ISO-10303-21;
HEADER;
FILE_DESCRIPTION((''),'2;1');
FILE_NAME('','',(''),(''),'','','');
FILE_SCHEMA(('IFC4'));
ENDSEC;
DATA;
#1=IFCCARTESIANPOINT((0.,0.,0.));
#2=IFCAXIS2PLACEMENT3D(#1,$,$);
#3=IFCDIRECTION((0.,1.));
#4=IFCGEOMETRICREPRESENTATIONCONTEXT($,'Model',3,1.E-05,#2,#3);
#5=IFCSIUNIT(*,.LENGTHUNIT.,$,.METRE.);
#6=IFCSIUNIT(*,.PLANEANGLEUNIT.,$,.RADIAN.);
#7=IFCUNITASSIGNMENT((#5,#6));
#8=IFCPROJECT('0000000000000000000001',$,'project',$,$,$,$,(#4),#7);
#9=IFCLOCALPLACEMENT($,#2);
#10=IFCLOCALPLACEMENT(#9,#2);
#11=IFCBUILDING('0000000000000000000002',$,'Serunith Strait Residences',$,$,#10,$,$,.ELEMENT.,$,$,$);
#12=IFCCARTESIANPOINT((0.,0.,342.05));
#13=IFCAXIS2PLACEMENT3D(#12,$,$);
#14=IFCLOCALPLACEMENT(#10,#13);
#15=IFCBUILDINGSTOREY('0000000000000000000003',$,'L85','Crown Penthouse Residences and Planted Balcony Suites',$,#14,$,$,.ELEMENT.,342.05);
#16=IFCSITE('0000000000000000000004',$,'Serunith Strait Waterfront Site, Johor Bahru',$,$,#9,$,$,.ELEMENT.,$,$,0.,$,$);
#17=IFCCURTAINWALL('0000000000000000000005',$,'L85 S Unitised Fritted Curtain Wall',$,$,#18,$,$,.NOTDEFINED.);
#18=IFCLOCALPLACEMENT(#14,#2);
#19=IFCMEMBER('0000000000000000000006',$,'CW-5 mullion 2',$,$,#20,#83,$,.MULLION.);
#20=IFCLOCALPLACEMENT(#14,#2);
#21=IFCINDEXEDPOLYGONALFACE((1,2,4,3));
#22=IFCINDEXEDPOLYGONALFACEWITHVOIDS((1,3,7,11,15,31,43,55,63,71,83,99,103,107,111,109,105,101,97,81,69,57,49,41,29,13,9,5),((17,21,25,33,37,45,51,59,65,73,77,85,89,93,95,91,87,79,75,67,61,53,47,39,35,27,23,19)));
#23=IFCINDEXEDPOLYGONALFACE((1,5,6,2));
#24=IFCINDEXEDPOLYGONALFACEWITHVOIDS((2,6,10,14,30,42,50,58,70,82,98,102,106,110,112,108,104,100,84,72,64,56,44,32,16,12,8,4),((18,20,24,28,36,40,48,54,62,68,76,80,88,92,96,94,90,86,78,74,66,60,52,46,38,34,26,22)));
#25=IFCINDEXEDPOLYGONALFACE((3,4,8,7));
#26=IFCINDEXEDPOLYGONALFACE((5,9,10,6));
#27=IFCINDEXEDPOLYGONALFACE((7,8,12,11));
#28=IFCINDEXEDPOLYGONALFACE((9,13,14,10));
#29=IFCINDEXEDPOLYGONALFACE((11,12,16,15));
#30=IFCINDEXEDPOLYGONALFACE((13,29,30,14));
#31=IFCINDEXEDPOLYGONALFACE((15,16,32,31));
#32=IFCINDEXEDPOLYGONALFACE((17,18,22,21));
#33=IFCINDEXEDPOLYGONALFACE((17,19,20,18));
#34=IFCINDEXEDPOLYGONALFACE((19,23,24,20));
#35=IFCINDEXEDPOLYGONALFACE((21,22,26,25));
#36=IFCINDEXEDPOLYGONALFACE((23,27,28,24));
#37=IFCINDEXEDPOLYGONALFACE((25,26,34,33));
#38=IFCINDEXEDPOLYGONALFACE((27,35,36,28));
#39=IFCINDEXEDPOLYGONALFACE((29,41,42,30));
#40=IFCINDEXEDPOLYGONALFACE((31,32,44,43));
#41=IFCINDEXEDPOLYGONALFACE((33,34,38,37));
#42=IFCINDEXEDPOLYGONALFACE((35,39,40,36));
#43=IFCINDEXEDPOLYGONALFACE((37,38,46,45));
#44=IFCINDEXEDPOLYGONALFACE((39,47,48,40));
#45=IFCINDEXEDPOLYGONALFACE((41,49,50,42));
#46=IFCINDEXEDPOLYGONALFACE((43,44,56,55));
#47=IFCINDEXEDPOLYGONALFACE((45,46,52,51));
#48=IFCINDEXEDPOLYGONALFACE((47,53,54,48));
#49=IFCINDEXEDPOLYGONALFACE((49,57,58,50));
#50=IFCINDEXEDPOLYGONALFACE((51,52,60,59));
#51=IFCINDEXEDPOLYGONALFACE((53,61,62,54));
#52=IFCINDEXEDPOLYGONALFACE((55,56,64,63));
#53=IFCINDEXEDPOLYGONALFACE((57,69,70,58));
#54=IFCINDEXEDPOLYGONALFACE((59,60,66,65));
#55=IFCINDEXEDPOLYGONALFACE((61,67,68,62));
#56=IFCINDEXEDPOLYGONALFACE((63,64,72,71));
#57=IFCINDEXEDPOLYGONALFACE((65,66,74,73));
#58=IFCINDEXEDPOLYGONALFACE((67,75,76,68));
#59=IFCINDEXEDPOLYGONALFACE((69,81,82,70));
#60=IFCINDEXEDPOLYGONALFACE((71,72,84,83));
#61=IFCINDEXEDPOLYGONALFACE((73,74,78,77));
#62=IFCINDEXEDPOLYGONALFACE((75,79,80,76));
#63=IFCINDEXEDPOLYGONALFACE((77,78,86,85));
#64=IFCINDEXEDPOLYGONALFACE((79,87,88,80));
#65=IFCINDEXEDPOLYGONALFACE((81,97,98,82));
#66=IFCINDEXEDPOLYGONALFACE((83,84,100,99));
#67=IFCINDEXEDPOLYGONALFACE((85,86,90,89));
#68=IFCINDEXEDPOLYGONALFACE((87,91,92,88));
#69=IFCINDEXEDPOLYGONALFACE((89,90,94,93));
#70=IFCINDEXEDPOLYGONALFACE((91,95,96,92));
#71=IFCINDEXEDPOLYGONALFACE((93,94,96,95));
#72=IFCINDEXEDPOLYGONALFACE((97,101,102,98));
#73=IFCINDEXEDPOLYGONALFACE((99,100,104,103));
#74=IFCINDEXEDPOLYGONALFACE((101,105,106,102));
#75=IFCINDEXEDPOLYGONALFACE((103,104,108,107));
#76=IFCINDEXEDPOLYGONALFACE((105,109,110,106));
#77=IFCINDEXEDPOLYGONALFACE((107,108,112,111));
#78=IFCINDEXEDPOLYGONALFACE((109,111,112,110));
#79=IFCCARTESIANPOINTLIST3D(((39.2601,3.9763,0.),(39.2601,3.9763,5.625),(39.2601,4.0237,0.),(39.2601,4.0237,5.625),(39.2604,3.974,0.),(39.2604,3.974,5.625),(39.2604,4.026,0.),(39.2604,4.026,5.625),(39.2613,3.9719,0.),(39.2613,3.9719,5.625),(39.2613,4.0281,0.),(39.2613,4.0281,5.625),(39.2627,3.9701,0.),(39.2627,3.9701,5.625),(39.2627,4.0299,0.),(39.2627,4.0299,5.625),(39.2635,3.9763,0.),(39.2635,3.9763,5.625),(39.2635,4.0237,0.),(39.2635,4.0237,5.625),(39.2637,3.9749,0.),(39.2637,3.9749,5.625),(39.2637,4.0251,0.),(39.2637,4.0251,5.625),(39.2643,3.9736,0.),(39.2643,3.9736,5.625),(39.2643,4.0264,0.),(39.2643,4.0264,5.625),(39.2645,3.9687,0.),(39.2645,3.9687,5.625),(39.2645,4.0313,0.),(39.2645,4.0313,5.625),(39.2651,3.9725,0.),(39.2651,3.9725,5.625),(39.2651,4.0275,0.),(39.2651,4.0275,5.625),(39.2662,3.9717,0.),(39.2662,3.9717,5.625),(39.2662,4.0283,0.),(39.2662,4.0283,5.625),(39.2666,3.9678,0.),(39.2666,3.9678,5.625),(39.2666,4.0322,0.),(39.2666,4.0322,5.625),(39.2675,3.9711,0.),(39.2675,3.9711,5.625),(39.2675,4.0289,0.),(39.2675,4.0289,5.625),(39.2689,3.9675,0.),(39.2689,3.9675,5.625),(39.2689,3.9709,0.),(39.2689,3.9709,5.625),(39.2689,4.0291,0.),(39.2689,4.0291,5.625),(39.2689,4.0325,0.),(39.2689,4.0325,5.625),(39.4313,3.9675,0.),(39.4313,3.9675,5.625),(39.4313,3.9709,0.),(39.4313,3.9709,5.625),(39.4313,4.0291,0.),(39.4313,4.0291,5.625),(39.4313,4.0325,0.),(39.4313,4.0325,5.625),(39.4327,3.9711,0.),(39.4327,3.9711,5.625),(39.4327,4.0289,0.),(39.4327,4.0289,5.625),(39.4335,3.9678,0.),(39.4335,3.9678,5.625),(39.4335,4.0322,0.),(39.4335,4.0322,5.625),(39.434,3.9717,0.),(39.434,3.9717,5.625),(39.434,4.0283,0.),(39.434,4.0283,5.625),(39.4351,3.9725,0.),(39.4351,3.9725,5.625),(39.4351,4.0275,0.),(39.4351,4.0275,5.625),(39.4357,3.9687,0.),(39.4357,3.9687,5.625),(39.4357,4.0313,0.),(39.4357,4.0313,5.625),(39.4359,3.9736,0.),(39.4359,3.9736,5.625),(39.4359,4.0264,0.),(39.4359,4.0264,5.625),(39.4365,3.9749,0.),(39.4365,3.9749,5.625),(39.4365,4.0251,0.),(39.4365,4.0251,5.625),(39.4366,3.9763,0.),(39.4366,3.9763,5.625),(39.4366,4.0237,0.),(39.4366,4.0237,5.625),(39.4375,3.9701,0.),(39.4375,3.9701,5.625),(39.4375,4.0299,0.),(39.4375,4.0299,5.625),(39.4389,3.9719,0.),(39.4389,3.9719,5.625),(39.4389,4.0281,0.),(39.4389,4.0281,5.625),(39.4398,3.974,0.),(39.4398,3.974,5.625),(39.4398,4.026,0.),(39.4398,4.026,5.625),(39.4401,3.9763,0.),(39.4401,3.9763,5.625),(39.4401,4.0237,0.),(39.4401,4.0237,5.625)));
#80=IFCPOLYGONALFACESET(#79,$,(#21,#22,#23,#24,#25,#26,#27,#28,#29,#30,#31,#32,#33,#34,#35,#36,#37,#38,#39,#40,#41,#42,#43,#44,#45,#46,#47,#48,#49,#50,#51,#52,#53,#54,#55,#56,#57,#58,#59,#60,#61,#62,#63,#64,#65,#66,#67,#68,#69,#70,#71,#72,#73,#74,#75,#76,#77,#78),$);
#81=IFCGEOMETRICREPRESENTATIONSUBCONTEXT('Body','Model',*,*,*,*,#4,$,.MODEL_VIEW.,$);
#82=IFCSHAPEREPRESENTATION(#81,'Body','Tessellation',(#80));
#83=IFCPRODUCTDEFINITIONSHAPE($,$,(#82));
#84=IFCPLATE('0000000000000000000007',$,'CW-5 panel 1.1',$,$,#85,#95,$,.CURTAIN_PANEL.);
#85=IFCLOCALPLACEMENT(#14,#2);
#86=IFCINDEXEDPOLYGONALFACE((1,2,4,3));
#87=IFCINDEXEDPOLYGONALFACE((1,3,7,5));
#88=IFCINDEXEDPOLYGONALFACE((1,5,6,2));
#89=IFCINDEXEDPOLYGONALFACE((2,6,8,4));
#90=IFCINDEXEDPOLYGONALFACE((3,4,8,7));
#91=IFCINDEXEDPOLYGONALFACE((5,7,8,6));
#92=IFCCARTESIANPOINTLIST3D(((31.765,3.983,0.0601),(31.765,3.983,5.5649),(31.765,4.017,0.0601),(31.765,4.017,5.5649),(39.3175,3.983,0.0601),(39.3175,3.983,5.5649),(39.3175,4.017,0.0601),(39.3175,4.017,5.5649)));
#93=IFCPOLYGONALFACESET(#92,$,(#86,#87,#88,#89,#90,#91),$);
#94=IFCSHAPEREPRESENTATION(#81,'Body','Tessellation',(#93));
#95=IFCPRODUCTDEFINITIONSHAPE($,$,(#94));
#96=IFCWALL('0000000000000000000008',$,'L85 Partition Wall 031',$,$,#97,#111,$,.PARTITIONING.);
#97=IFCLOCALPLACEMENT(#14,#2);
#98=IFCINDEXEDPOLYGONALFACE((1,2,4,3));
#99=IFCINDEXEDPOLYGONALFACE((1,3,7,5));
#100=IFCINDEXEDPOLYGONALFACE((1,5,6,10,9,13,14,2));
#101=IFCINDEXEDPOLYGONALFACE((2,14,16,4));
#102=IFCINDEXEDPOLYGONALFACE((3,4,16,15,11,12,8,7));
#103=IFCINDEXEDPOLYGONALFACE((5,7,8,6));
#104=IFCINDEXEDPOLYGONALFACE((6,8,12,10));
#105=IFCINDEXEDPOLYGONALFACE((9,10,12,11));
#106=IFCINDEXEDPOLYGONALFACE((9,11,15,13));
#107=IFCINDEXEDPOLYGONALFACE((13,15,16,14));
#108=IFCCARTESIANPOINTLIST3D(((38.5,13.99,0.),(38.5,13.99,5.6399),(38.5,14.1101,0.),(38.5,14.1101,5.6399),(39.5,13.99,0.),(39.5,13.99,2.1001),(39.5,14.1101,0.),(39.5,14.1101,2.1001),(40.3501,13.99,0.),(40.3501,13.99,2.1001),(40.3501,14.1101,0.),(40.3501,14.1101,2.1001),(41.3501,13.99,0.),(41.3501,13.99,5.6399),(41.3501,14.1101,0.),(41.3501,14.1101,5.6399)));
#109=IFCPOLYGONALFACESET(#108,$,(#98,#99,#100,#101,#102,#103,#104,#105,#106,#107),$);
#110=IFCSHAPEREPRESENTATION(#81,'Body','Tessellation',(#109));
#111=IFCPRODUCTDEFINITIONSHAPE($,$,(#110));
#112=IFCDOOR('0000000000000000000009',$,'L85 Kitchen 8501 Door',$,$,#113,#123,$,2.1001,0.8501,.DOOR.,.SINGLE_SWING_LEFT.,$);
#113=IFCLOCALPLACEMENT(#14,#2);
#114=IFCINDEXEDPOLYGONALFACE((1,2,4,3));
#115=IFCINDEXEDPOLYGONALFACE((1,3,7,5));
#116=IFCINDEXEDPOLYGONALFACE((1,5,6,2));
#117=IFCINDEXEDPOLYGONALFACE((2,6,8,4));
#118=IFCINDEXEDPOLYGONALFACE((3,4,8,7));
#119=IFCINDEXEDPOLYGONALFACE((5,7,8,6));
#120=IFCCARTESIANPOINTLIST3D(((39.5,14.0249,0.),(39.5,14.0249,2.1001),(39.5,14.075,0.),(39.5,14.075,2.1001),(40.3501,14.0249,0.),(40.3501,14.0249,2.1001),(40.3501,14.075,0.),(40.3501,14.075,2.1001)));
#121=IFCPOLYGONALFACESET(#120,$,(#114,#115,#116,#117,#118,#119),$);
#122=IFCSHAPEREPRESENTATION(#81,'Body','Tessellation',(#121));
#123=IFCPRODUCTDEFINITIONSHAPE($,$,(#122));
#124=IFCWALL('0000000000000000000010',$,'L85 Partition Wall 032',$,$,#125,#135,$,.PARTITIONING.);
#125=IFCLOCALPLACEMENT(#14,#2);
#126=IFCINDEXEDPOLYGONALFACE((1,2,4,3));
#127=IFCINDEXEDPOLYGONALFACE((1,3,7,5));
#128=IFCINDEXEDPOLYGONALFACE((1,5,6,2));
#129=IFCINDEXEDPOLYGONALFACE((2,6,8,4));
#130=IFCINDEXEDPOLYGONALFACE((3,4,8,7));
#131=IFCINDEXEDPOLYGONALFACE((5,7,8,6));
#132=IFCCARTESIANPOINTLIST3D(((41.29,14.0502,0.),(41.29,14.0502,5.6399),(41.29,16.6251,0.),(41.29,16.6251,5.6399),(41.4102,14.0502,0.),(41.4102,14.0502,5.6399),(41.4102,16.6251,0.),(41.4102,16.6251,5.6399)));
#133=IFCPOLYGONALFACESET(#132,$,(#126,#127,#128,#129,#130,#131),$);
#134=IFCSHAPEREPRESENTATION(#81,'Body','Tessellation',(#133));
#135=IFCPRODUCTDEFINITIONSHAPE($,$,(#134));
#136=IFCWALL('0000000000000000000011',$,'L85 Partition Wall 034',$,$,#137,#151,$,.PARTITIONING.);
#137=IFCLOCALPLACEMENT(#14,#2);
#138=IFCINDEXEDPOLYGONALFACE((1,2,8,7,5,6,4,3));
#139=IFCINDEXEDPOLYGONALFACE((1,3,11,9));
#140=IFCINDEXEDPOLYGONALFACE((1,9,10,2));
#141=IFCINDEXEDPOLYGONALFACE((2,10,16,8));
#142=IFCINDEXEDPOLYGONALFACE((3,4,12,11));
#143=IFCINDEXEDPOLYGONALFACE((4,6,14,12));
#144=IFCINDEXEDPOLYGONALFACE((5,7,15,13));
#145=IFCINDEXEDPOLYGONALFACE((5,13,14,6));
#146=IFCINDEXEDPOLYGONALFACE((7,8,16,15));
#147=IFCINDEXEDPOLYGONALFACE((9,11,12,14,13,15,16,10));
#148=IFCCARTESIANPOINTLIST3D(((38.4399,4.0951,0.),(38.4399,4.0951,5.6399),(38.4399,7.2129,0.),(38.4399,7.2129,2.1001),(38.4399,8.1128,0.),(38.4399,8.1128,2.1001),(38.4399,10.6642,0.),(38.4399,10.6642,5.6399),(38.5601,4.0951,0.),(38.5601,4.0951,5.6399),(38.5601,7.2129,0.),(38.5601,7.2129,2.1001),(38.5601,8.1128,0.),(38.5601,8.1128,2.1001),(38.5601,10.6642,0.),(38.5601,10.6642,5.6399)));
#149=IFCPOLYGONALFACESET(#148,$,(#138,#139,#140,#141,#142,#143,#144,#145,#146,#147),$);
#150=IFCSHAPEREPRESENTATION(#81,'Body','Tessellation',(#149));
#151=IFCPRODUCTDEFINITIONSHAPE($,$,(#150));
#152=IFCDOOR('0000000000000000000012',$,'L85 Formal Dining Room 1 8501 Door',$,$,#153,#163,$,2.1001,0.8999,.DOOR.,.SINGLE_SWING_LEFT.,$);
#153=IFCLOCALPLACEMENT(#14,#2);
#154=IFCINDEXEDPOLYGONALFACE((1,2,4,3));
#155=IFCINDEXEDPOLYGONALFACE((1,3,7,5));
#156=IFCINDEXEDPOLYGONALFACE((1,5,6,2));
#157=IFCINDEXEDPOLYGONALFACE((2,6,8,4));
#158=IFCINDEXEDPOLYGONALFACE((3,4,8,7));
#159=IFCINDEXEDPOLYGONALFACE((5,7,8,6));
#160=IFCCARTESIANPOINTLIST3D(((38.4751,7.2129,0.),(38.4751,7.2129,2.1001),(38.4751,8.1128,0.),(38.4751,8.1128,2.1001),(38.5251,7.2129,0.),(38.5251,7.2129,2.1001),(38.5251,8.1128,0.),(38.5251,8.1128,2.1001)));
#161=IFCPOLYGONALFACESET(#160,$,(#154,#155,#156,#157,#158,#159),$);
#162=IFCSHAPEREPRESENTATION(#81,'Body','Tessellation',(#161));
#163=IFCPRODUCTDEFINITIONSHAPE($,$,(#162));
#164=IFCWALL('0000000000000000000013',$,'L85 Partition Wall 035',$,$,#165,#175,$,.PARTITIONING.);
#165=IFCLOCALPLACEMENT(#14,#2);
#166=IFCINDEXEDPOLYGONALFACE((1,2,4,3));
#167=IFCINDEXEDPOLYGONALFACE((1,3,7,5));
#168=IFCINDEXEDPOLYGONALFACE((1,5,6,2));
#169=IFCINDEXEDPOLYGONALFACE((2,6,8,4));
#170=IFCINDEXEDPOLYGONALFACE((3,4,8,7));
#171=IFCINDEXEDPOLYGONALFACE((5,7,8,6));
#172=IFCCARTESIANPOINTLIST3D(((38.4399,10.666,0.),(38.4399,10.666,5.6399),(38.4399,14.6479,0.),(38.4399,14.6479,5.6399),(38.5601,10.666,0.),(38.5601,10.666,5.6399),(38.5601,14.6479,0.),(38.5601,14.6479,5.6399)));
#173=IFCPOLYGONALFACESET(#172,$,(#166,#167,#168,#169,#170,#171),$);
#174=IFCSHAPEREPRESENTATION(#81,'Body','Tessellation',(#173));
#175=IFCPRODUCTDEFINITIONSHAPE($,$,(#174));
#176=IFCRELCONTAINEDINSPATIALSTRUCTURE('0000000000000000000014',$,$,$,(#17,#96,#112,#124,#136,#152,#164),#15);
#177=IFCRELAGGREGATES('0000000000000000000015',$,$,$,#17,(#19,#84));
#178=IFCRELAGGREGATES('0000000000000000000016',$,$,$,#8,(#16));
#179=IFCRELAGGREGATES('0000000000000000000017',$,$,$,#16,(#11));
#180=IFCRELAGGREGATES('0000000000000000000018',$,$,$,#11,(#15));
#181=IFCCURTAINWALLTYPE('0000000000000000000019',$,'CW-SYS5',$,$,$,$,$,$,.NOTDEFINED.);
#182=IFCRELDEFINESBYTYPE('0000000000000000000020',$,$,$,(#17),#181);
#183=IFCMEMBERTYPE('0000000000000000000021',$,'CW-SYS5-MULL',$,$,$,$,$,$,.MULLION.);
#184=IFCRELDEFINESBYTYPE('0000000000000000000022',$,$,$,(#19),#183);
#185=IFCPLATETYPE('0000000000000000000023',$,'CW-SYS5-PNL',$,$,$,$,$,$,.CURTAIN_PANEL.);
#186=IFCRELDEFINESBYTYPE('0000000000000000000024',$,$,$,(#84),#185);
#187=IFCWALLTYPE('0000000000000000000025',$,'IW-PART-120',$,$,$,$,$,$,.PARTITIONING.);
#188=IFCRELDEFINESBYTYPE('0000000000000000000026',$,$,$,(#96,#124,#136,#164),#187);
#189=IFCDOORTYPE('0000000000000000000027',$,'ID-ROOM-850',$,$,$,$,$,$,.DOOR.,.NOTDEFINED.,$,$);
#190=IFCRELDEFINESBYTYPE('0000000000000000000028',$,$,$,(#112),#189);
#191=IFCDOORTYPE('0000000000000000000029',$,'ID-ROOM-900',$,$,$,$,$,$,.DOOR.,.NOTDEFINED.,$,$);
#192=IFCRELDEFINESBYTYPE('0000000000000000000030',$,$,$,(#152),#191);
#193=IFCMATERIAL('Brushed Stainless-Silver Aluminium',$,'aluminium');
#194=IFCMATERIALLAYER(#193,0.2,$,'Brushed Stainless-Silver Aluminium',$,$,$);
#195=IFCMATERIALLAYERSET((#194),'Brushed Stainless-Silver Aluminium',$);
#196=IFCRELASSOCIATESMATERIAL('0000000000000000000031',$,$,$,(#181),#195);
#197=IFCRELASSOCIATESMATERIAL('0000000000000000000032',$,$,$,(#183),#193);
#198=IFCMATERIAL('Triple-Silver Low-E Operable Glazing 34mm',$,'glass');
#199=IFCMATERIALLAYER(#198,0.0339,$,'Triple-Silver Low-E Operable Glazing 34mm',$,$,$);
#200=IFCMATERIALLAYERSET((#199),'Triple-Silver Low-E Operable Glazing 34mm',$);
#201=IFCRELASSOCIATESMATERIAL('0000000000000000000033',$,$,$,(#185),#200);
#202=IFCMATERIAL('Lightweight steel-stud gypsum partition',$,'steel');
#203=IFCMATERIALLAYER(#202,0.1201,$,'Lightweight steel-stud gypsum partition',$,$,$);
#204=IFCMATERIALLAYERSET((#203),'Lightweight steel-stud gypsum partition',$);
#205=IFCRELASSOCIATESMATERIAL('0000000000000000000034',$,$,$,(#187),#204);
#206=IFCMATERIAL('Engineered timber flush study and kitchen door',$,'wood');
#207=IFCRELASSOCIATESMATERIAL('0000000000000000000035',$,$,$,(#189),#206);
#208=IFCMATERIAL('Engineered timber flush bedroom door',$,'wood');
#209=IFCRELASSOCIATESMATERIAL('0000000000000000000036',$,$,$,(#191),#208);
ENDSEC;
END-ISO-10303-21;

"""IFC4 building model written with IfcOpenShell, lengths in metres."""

from ifc_helpers import new_model, si_unit, direction, frame, frame_2d, origin, origin_2d, place, context, subcontext, project, spatial, rectangle, hollow_rectangle, extrude, source, transform, mapped, material, layer, layer_set, material_profile, profile_set, type_object, element, fill, aggregate, save


model = new_model("IFC4")

# Units and contexts
model_context = context("Model", 3, precision=1e-05, world=origin(), true_north=direction((0.0, 1.0)))
body_context = subcontext(model_context, "Body", "Model", "MODEL_VIEW")
ifc_project = project(units=[si_unit("LENGTHUNIT", "METRE"), si_unit("PLANEANGLEUNIT", "RADIAN")], contexts=[model_context])

# Site, building, storey
site_placement = place(None, origin())
site = spatial("IfcSite", under=ifc_project, at=site_placement, Name="Serunith Strait Waterfront Site, Johor Bahru", CompositionType="ELEMENT", RefElevation=0.0)
building_placement = place(site_placement, origin())
building = spatial("IfcBuilding", under=site, at=building_placement, Name="Serunith Strait Residences", CompositionType="ELEMENT")
storey_placement = place(building_placement, frame((0.0, 0.0, 342.05)))
storey = spatial("IfcBuildingStorey", under=building, at=storey_placement, Name="L85", Description="Crown Penthouse Residences and Planted Balcony Suites", CompositionType="ELEMENT", Elevation=342.05)

# Curtain wall, member, plate
ifc_material_1 = material(Name="Brushed Stainless-Silver Aluminium", Category="aluminium")
ifc_layer_1 = layer(ifc_material_1, 0.2, Name="Brushed Stainless-Silver Aluminium")
ifc_layer_set_1 = layer_set([ifc_layer_1], Name="Brushed Stainless-Silver Aluminium")
curtain_wall_type = type_object("IfcCurtainWallType", Name="CW-SYS5", PredefinedType="NOTDEFINED", material=ifc_layer_set_1)
curtain_wall_placement = place(storey_placement, origin())
curtain_wall = element("IfcCurtainWall", 1, at=curtain_wall_placement, inside=storey, type_object=curtain_wall_type, Name="L85 S Unitised Fritted Curtain Wall", PredefinedType="NOTDEFINED")
ifc_material_profile_1 = material_profile(ifc_material_1, hollow_rectangle(XDim=0.0649, YDim=0.1799, WallThickness=0.0034, InnerFilletRadius=0.0054, OuterFilletRadius=0.0088, at=origin_2d()), Name="ALU 180x65x3.5")
ifc_profile_set_1 = profile_set([ifc_material_profile_1], Name="Brushed Stainless-Silver Aluminium")
member_type_1 = type_object("IfcMemberType", Name="CW-SYS5-MULL", PredefinedType="MULLION", material=ifc_profile_set_1)
shared_shape_1 = source(origin(), body_context, "Body", "SweptSolid", [
    extrude(hollow_rectangle(XDim=0.0649, YDim=0.1799, WallThickness=0.0034, InnerFilletRadius=0.0054, OuterFilletRadius=0.0088, at=origin_2d()), origin(), (0.0, 0.0, 1.0), 5.625),
])
member_1_placement = place(storey_placement, frame((39.3501, 4.0, 0.0), z_axis=(0.0, 0.0, 1.0), x_axis=(0.0, 1.0, 0.0)))
member_1 = element("IfcMember", 2, at=member_1_placement, type_object=member_type_1, Name="CW-5 mullion 2", PredefinedType="MULLION", context=body_context, shape_type="MappedRepresentation", body=[
    mapped(shared_shape_1, transform((0.0, 0.0, 0.0), scale=1.0)),
])
ifc_material_2 = material(Name="Triple-Silver Low-E Operable Glazing 34mm", Category="glass")
ifc_layer_2 = layer(ifc_material_2, 0.0339, Name="Triple-Silver Low-E Operable Glazing 34mm")
ifc_layer_set_2 = layer_set([ifc_layer_2], Name="Triple-Silver Low-E Operable Glazing 34mm")
plate_type = type_object("IfcPlateType", Name="CW-SYS5-PNL", PredefinedType="CURTAIN_PANEL", material=ifc_layer_set_2)
shared_shape_2 = source(origin(), body_context, "Body", "SweptSolid", [
    extrude(rectangle(XDim=7.5525, YDim=0.0339, at=origin_2d()), origin(), (0.0, 0.0, 1.0), 5.5049),
])
plate_placement = place(storey_placement, frame((35.5413, 4.0, 0.0601), z_axis=(0.0, 0.0, 1.0), x_axis=(1.0, 0.0, 0.0)))
plate = element("IfcPlate", 3, at=plate_placement, type_object=plate_type, Name="CW-5 panel 1.1", PredefinedType="CURTAIN_PANEL", context=body_context, shape_type="MappedRepresentation", body=[
    mapped(shared_shape_2, transform((0.0, 0.0, 0.0), scale=1.0)),
])
aggregate(curtain_wall, [member_1, plate])

# Wall, opening, door
ifc_material_3 = material(Name="Lightweight steel-stud gypsum partition", Category="steel")
ifc_layer_3 = layer(ifc_material_3, 0.1201, Name="Lightweight steel-stud gypsum partition")
ifc_layer_set_3 = layer_set([ifc_layer_3], Name="Lightweight steel-stud gypsum partition")
wall_type = type_object("IfcWallType", Name="IW-PART-120", PredefinedType="PARTITIONING", material=ifc_layer_set_3)
wall_1_placement = place(storey_placement, frame((38.5, 14.05, 0.0), z_axis=(0.0, 0.0, 1.0), x_axis=(1.0, 0.0, 0.0)))
wall_1 = element("IfcWall", 4, at=wall_1_placement, inside=storey, type_object=wall_type, Name="L85 Partition Wall 031", PredefinedType="PARTITIONING", context=body_context, shape_type="SweptSolid", body=[
    extrude(rectangle(XDim=2.8501, YDim=0.1201, at=frame_2d((1.425, 0.0))), origin(), (0.0, 0.0, 1.0), 5.6399),
])
opening_1_placement = place(wall_1_placement, frame((1.0, 0.0, 0.0)))
opening_1 = element("IfcOpeningElement", 5, at=opening_1_placement, cuts=wall_1, PredefinedType="OPENING", context=body_context, shape_type="SweptSolid", body=[
    extrude(rectangle(XDim=0.8501, YDim=2.1001, at=frame_2d((0.425, 1.05))), frame((0.0, 0.0701, 0.0), z_axis=(0.0, -1.0, 0.0), x_axis=(1.0, 0.0, 0.0)), (0.0, 0.0, 1.0), 0.1401),
])
ifc_material_4 = material(Name="Engineered timber flush study and kitchen door", Category="wood")
door_type_1 = type_object("IfcDoorType", Name="ID-ROOM-850", OperationType="NOTDEFINED", PredefinedType="DOOR", material=ifc_material_4)
shared_shape_3 = source(origin(), body_context, "Body", "SweptSolid", [
    extrude(rectangle(XDim=0.8501, YDim=2.1001, at=frame_2d((0.425, 1.05))), frame((0.0, 0.0249, 0.0), z_axis=(0.0, -1.0, 0.0), x_axis=(1.0, 0.0, 0.0)), (0.0, 0.0, 1.0), 0.05),
])
door_1_placement = place(opening_1_placement, origin())
door_1 = element("IfcDoor", 6, at=door_1_placement, inside=storey, type_object=door_type_1, Name="L85 Kitchen 8501 Door", OperationType="SINGLE_SWING_LEFT", OverallHeight=2.1001, OverallWidth=0.8501, PredefinedType="DOOR", context=body_context, shape_type="MappedRepresentation", body=[
    mapped(shared_shape_3, transform((0.0, 0.0, 0.0), scale=1.0)),
])
fill(opening_1, door_1)

# Wall
wall_2_placement = place(storey_placement, frame((41.3501, 14.05, 0.0), z_axis=(0.0, 0.0, 1.0), x_axis=(0.0, 1.0, 0.0)))
element("IfcWall", 7, at=wall_2_placement, inside=storey, type_object=wall_type, Name="L85 Partition Wall 032", PredefinedType="PARTITIONING", context=body_context, shape_type="SweptSolid", body=[
    extrude(rectangle(XDim=2.575, YDim=0.1201, at=frame_2d((1.2876, 0.0))), origin(), (0.0, 0.0, 1.0), 5.6399),
])

# Wall, opening, door
wall_3_placement = place(storey_placement, frame((38.5, 4.095, 0.0), z_axis=(0.0, 0.0, 1.0), x_axis=(0.0, 1.0, 0.0)))
wall_3 = element("IfcWall", 8, at=wall_3_placement, inside=storey, type_object=wall_type, Name="L85 Partition Wall 034", PredefinedType="PARTITIONING", context=body_context, shape_type="SweptSolid", body=[
    extrude(rectangle(XDim=6.5691, YDim=0.1201, at=frame_2d((3.2847, 0.0))), origin(), (0.0, 0.0, 1.0), 5.6399),
])
opening_2_placement = place(wall_3_placement, frame((3.1179, 0.0, 0.0)))
opening_2 = element("IfcOpeningElement", 9, at=opening_2_placement, cuts=wall_3, PredefinedType="OPENING", context=body_context, shape_type="SweptSolid", body=[
    extrude(rectangle(XDim=0.8999, YDim=2.1001, at=frame_2d((0.45, 1.05))), frame((0.0, 0.0701, 0.0), z_axis=(0.0, -1.0, 0.0), x_axis=(1.0, 0.0, 0.0)), (0.0, 0.0, 1.0), 0.1401),
])
ifc_material_5 = material(Name="Engineered timber flush bedroom door", Category="wood")
door_type_2 = type_object("IfcDoorType", Name="ID-ROOM-900", OperationType="NOTDEFINED", PredefinedType="DOOR", material=ifc_material_5)
shared_shape_4 = source(origin(), body_context, "Body", "SweptSolid", [
    extrude(rectangle(XDim=0.8999, YDim=2.1001, at=frame_2d((0.45, 1.05))), frame((0.0, 0.0249, 0.0), z_axis=(0.0, -1.0, 0.0), x_axis=(1.0, 0.0, 0.0)), (0.0, 0.0, 1.0), 0.05),
])
door_2_placement = place(opening_2_placement, origin())
door_2 = element("IfcDoor", 10, at=door_2_placement, inside=storey, type_object=door_type_2, Name="L85 Formal Dining Room 1 8501 Door", OperationType="SINGLE_SWING_LEFT", OverallHeight=2.1001, OverallWidth=0.8999, PredefinedType="DOOR", context=body_context, shape_type="MappedRepresentation", body=[
    mapped(shared_shape_4, transform((0.0, 0.0, 0.0), scale=1.0)),
])
fill(opening_2, door_2)

# Wall
wall_4_placement = place(storey_placement, frame((38.5, 10.666, 0.0), z_axis=(0.0, 0.0, 1.0), x_axis=(0.0, 1.0, 0.0)))
element("IfcWall", 11, at=wall_4_placement, inside=storey, type_object=wall_type, Name="L85 Partition Wall 035", PredefinedType="PARTITIONING", context=body_context, shape_type="SweptSolid", body=[
    extrude(rectangle(XDim=3.9819, YDim=0.1201, at=frame_2d((1.991, 0.0))), origin(), (0.0, 0.0, 1.0), 5.6399),
])

save(model, "model.ifc")
